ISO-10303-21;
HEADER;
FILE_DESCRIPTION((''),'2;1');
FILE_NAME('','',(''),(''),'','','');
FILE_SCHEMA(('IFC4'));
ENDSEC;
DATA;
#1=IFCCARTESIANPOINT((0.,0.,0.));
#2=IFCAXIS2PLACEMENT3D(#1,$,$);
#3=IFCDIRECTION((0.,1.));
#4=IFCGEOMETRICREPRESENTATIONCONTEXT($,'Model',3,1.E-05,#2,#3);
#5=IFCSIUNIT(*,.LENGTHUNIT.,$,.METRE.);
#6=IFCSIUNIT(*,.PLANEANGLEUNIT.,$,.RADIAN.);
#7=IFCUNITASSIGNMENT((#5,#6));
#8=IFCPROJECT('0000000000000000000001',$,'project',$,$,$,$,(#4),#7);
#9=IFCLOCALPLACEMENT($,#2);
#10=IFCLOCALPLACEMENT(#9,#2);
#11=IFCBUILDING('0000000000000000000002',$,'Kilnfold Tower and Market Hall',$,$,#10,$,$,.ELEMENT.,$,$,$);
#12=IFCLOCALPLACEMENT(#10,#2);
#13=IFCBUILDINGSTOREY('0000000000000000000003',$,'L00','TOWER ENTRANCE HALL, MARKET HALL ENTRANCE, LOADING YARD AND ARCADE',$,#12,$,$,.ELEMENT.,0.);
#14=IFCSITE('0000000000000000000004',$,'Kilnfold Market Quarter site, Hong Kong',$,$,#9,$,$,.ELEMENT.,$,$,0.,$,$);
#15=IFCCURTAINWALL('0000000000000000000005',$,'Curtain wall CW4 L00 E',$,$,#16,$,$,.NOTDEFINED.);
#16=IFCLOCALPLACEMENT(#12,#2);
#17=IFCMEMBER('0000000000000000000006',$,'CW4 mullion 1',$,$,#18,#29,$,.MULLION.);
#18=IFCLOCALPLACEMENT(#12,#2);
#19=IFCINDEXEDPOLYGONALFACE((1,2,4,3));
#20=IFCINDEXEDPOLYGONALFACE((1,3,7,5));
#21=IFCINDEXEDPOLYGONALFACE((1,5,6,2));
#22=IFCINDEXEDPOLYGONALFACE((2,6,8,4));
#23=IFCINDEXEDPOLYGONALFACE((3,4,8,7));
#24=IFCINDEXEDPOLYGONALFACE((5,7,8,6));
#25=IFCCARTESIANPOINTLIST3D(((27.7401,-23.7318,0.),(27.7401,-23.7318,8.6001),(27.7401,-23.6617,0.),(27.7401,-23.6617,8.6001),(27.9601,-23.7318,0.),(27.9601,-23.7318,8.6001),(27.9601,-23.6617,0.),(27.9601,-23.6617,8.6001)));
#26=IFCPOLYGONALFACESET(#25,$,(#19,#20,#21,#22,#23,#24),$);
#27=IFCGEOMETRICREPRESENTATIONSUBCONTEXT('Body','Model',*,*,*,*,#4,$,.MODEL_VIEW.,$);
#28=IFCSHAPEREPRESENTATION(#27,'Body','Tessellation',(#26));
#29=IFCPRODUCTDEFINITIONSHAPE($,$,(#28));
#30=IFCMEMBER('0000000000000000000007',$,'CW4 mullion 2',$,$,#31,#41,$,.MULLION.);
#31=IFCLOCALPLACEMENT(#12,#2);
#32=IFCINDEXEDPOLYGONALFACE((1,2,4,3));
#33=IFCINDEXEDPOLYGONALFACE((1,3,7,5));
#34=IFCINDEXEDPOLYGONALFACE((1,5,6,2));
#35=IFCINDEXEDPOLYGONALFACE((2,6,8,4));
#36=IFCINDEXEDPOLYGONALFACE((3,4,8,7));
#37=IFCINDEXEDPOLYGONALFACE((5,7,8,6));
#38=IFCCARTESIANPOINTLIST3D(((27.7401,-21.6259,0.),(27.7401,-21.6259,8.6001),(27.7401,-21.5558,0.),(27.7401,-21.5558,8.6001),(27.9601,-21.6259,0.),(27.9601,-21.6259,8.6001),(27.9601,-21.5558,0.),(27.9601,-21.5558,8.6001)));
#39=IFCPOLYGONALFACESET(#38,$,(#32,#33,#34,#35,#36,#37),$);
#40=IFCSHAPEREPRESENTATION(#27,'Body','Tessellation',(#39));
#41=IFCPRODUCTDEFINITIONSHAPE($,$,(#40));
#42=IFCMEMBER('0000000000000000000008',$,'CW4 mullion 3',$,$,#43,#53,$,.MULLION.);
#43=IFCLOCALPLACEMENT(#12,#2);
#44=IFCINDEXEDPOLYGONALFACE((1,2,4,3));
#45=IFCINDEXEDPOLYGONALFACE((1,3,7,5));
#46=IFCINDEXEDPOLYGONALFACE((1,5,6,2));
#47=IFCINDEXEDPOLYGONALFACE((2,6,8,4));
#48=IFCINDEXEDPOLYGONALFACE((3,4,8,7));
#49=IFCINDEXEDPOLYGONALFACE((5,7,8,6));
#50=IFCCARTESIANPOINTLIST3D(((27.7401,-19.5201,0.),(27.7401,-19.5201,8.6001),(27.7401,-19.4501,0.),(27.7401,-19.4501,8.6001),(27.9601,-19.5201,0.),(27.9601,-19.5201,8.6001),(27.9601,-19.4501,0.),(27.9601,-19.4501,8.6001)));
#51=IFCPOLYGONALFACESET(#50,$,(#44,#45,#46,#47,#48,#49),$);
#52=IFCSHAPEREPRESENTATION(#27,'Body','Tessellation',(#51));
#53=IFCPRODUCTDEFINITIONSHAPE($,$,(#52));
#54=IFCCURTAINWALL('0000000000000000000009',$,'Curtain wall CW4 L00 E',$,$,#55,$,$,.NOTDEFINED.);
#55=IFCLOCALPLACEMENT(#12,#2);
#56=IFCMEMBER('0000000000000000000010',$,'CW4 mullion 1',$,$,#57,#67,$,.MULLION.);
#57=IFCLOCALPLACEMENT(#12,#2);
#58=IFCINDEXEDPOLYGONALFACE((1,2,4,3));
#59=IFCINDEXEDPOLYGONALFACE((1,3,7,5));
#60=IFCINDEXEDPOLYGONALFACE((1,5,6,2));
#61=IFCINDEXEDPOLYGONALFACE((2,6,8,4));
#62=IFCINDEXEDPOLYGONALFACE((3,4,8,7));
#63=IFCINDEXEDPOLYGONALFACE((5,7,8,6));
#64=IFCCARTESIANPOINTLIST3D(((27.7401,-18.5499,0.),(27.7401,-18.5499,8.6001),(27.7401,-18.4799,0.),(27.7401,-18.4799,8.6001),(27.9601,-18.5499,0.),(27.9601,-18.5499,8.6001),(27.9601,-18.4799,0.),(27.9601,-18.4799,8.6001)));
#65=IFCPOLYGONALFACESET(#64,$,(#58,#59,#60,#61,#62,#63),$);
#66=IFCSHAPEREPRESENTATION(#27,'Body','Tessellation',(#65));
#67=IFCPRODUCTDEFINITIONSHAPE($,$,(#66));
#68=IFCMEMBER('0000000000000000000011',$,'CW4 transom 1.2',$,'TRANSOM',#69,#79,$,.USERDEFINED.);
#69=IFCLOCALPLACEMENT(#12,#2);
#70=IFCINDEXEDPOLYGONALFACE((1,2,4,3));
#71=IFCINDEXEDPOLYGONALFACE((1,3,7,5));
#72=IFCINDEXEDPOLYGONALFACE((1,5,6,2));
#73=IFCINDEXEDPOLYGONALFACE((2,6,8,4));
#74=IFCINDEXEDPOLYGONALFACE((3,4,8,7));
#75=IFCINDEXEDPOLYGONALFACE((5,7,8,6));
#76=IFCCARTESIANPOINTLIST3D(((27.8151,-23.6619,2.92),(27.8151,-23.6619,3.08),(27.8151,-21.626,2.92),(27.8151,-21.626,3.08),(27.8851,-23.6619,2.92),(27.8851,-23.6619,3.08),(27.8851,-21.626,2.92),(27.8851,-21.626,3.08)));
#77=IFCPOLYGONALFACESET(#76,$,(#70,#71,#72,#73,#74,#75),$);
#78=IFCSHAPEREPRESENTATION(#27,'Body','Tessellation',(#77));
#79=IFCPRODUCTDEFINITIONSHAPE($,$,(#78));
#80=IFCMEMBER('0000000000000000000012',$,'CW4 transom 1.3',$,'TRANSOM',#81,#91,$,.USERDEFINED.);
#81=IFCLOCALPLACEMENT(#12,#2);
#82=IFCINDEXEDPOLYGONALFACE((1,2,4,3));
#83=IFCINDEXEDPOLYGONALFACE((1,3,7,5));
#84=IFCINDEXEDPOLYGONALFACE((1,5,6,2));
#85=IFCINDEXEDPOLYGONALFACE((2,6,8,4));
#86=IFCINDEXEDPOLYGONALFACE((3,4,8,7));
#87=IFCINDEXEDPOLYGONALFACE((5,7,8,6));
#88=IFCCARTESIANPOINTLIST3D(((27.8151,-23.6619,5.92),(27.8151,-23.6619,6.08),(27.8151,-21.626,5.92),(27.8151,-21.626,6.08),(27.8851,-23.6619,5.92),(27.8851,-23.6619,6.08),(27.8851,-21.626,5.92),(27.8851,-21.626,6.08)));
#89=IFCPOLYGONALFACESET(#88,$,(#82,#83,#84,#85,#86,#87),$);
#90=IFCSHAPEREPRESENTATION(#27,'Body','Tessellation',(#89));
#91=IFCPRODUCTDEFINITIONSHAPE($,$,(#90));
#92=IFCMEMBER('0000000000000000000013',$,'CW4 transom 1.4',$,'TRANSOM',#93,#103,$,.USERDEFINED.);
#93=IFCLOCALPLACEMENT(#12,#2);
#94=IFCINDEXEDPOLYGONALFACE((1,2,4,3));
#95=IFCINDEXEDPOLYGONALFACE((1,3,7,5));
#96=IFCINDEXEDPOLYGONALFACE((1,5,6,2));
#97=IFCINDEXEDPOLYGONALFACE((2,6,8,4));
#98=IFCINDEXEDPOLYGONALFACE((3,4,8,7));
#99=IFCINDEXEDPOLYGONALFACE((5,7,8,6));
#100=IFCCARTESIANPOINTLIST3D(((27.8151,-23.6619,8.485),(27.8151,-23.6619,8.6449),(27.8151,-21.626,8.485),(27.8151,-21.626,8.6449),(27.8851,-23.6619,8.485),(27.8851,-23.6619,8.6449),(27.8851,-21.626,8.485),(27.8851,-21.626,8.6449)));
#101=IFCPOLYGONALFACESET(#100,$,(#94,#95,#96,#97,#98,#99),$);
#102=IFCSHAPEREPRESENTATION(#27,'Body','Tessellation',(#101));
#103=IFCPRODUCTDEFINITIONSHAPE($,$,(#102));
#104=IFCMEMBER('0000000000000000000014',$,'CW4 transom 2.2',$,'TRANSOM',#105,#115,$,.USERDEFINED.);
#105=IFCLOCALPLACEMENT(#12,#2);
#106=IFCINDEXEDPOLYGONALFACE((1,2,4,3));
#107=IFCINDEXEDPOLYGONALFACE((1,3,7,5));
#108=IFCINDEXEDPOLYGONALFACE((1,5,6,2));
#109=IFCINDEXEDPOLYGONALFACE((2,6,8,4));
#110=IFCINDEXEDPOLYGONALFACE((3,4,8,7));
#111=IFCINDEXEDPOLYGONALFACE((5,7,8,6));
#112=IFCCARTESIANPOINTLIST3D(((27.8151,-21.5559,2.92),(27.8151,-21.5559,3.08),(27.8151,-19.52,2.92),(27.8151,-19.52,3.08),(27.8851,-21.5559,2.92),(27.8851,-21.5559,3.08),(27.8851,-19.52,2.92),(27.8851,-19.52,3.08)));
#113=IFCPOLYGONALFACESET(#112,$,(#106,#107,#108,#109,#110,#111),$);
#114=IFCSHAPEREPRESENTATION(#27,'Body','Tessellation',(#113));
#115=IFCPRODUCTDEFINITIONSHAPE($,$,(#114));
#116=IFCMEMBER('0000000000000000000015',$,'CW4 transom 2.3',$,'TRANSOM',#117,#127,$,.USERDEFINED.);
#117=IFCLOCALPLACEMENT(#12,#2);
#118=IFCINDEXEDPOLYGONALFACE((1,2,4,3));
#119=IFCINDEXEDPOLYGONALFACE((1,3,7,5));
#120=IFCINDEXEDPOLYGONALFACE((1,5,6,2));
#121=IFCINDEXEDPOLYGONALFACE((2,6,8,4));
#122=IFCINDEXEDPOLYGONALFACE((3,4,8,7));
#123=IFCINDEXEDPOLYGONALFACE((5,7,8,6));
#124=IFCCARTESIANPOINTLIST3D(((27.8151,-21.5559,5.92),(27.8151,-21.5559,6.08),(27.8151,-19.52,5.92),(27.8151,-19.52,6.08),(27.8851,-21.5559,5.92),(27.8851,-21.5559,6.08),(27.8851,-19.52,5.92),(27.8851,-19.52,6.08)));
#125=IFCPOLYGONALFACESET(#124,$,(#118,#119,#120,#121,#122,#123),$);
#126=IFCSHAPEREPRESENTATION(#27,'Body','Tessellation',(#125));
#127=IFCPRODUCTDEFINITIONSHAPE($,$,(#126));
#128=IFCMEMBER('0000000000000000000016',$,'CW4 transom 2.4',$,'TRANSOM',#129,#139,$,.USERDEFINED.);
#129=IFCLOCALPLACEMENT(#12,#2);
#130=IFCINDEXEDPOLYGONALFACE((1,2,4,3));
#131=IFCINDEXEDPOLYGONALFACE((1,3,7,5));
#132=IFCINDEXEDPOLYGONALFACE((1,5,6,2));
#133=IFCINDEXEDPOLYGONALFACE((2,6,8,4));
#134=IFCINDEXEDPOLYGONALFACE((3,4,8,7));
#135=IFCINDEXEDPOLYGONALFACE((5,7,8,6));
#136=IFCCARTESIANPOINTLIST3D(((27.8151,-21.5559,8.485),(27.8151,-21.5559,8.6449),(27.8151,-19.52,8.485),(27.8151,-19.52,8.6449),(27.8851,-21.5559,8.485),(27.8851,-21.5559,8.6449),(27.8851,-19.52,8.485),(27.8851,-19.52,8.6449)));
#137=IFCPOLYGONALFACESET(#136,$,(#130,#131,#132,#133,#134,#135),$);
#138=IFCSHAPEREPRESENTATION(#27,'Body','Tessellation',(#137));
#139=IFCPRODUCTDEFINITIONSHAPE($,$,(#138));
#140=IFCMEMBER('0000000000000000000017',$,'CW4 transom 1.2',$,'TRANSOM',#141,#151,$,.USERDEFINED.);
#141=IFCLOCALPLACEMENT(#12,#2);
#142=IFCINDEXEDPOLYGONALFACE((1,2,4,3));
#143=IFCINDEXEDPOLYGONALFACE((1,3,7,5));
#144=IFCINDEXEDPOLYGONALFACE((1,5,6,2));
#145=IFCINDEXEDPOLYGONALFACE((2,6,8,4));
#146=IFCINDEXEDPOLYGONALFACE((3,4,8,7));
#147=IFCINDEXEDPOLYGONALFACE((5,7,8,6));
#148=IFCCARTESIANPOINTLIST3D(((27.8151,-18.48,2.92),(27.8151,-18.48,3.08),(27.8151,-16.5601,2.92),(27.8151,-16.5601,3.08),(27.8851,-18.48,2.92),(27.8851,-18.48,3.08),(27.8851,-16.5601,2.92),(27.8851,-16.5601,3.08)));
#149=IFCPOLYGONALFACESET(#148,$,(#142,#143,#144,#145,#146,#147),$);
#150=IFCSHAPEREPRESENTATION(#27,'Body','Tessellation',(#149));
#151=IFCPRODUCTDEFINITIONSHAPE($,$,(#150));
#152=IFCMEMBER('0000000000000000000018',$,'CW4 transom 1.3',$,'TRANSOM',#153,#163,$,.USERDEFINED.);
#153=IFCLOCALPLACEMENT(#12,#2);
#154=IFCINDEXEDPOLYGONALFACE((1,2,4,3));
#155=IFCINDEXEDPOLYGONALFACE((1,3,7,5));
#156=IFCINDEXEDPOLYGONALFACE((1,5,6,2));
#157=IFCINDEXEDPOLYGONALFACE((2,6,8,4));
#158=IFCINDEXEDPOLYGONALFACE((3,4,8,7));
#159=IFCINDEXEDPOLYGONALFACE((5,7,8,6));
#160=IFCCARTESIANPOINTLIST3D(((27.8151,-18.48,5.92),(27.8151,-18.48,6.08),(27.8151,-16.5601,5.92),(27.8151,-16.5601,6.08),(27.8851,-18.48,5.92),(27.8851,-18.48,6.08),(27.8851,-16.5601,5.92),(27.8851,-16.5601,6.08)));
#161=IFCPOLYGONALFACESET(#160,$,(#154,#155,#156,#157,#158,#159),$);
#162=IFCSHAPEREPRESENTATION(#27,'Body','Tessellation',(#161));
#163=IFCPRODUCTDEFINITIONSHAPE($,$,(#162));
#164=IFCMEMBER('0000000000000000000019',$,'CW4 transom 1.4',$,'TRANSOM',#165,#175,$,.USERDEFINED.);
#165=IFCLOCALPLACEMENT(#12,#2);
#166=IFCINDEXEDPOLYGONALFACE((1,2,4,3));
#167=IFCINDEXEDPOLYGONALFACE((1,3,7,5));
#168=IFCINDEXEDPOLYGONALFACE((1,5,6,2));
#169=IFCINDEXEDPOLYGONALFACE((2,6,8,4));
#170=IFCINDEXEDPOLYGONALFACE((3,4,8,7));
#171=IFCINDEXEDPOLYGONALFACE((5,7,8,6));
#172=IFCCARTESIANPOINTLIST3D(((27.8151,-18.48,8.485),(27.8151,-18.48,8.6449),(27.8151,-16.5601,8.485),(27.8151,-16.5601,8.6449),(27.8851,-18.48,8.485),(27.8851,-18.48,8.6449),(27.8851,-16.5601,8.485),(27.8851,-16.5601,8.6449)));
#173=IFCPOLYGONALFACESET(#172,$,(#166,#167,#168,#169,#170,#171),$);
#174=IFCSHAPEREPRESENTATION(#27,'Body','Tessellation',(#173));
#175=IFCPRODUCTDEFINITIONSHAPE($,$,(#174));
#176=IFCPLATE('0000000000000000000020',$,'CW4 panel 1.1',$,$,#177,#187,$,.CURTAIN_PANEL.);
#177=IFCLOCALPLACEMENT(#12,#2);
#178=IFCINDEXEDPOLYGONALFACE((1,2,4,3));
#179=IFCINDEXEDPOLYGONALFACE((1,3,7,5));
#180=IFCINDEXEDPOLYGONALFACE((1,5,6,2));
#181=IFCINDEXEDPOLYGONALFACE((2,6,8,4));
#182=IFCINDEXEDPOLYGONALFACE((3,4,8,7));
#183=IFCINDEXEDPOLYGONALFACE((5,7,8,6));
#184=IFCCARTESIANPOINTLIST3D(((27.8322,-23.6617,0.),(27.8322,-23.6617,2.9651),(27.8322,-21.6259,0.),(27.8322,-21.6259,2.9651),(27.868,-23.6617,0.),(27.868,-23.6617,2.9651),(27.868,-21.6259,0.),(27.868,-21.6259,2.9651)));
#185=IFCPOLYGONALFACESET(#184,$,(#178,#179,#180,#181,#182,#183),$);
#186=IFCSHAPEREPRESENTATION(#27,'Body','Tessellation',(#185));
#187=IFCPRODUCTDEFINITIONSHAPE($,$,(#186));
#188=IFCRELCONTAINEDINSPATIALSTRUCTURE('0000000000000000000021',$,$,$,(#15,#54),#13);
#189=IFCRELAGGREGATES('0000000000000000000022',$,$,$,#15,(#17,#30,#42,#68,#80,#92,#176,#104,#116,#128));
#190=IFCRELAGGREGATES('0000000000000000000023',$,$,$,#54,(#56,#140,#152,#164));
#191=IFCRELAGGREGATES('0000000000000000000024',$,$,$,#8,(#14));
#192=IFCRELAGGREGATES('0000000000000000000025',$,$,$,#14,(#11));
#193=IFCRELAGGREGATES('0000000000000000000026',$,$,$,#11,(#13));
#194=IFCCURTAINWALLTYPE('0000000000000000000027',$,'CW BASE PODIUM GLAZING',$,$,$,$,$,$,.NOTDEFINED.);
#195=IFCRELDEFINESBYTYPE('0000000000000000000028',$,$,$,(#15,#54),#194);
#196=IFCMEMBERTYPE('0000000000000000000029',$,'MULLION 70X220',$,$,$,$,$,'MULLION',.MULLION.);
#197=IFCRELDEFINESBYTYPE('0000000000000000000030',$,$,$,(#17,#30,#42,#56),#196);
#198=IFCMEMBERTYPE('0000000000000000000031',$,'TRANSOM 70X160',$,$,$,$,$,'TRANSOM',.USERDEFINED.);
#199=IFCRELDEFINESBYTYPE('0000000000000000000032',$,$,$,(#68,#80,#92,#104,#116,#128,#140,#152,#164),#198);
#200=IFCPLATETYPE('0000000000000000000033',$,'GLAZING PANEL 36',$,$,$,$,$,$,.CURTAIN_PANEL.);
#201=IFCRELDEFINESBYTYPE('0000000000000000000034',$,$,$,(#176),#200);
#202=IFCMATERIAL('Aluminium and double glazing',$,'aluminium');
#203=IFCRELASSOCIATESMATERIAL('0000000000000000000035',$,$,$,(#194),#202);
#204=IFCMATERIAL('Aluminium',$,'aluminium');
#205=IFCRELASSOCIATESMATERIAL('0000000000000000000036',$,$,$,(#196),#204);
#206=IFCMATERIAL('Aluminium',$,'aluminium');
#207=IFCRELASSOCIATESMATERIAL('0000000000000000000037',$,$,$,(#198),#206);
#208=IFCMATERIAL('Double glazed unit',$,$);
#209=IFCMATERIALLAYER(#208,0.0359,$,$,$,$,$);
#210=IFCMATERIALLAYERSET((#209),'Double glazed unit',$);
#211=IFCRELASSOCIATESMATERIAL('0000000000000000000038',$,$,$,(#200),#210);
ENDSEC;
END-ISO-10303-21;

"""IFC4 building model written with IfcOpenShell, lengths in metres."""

from ifc_helpers import new_model, si_unit, direction, frame, origin, origin_2d, place, context, subcontext, project, spatial, rectangle, extrude, source, transform, mapped, material, layer, layer_set, material_profile, profile_set, type_object, element, aggregate, save


model = new_model("IFC4")

# Units and contexts
model_context = context("Model", 3, precision=1e-05, world=origin(), true_north=direction((0.0, 1.0)))
body_context = subcontext(model_context, "Body", "Model", "MODEL_VIEW")
ifc_project = project(units=[si_unit("LENGTHUNIT", "METRE"), si_unit("PLANEANGLEUNIT", "RADIAN")], contexts=[model_context])

# Site, building, storey
site_placement = place(None, origin())
site = spatial("IfcSite", under=ifc_project, at=site_placement, Name="Kilnfold Market Quarter site, Hong Kong", CompositionType="ELEMENT", RefElevation=0.0)
building_placement = place(site_placement, origin())
building = spatial("IfcBuilding", under=site, at=building_placement, Name="Kilnfold Tower and Market Hall", CompositionType="ELEMENT")
storey_placement = place(building_placement, origin())
storey = spatial("IfcBuildingStorey", under=building, at=storey_placement, Name="L00", Description="TOWER ENTRANCE HALL, MARKET HALL ENTRANCE, LOADING YARD AND ARCADE", CompositionType="ELEMENT", Elevation=0.0)

# Curtain wall, members
ifc_material_1 = material(Name="Aluminium and double glazing", Category="aluminium")
curtain_wall_type = type_object("IfcCurtainWallType", Name="CW BASE PODIUM GLAZING", PredefinedType="NOTDEFINED", material=ifc_material_1)
curtain_wall_1_placement = place(storey_placement, origin())
curtain_wall_1 = element("IfcCurtainWall", 1, at=curtain_wall_1_placement, inside=storey, type_object=curtain_wall_type, Name="Curtain wall CW4 L00 E", PredefinedType="NOTDEFINED")
ifc_material_2 = material(Name="Aluminium", Category="aluminium")
ifc_material_profile_1 = material_profile(ifc_material_2, rectangle(XDim=0.0701, YDim=0.22, at=origin_2d()), Name="MULLION 70x220")
ifc_profile_set_1 = profile_set([ifc_material_profile_1], Name="Aluminium")
member_type_1 = type_object("IfcMemberType", Name="MULLION 70X220", ElementType="MULLION", PredefinedType="MULLION", material=ifc_profile_set_1)
shared_shape_1 = source(origin(), body_context, "Body", "SweptSolid", [
    extrude(rectangle(XDim=0.0701, YDim=0.22, at=origin_2d()), origin(), (0.0, 0.0, 1.0), 8.6001),
])
member_1_placement = place(storey_placement, frame((27.8501, -23.6968, 0.0), z_axis=(0.0, 0.0, 1.0), x_axis=(0.0, 1.0, 0.0)))
member_1 = element("IfcMember", 2, at=member_1_placement, type_object=member_type_1, Name="CW4 mullion 1", PredefinedType="MULLION", context=body_context, shape_type="MappedRepresentation", body=[
    mapped(shared_shape_1, transform((0.0, 0.0, 0.0))),
])
member_2_placement = place(storey_placement, frame((27.8501, -21.5908, 0.0), z_axis=(0.0, 0.0, 1.0), x_axis=(0.0, 1.0, 0.0)))
member_2 = element("IfcMember", 3, at=member_2_placement, type_object=member_type_1, Name="CW4 mullion 2", PredefinedType="MULLION", context=body_context, shape_type="MappedRepresentation", body=[
    mapped(shared_shape_1, transform((0.0, 0.0, 0.0))),
])
member_3_placement = place(storey_placement, frame((27.8501, -19.4851, 0.0), z_axis=(0.0, 0.0, 1.0), x_axis=(0.0, 1.0, 0.0)))
member_3 = element("IfcMember", 4, at=member_3_placement, type_object=member_type_1, Name="CW4 mullion 3", PredefinedType="MULLION", context=body_context, shape_type="MappedRepresentation", body=[
    mapped(shared_shape_1, transform((0.0, 0.0, 0.0))),
])

# Curtain wall, member
curtain_wall_2_placement = place(storey_placement, origin())
curtain_wall_2 = element("IfcCurtainWall", 5, at=curtain_wall_2_placement, inside=storey, type_object=curtain_wall_type, Name="Curtain wall CW4 L00 E", PredefinedType="NOTDEFINED")
member_4_placement = place(storey_placement, frame((27.8501, -18.5149, 0.0), z_axis=(0.0, 0.0, 1.0), x_axis=(0.0, 1.0, 0.0)))
member_4 = element("IfcMember", 6, at=member_4_placement, type_object=member_type_1, Name="CW4 mullion 1", PredefinedType="MULLION", context=body_context, shape_type="MappedRepresentation", body=[
    mapped(shared_shape_1, transform((0.0, 0.0, 0.0))),
])

# Members
ifc_material_3 = material(Name="Aluminium", Category="aluminium")
ifc_material_profile_2 = material_profile(ifc_material_3, rectangle(XDim=0.0701, YDim=0.1599, at=origin_2d()), Name="TRANSOM 70x160")
ifc_profile_set_2 = profile_set([ifc_material_profile_2], Name="Aluminium")
member_type_2 = type_object("IfcMemberType", Name="TRANSOM 70X160", ElementType="TRANSOM", PredefinedType="USERDEFINED", material=ifc_profile_set_2)
shared_shape_2 = source(origin(), body_context, "Body", "SweptSolid", [
    extrude(rectangle(XDim=0.0701, YDim=0.1599, at=origin_2d()), origin(), (0.0, 0.0, 1.0), 2.0359),
])
member_5_placement = place(storey_placement, frame((27.8501, -23.6619, 3.0), z_axis=(0.0, 1.0, 0.0), x_axis=(-1.0, 0.0, 0.0)))
member_5 = element("IfcMember", 7, at=member_5_placement, type_object=member_type_2, Name="CW4 transom 1.2", ObjectType="TRANSOM", PredefinedType="USERDEFINED", context=body_context, shape_type="MappedRepresentation", body=[
    mapped(shared_shape_2, transform((0.0, 0.0, 0.0))),
])
member_6_placement = place(storey_placement, frame((27.8501, -23.6619, 6.0), z_axis=(0.0, 1.0, 0.0), x_axis=(-1.0, 0.0, 0.0)))
member_6 = element("IfcMember", 8, at=member_6_placement, type_object=member_type_2, Name="CW4 transom 1.3", ObjectType="TRANSOM", PredefinedType="USERDEFINED", context=body_context, shape_type="MappedRepresentation", body=[
    mapped(shared_shape_2, transform((0.0, 0.0, 0.0))),
])
member_7_placement = place(storey_placement, frame((27.8501, -23.6619, 8.5649), z_axis=(0.0, 1.0, 0.0), x_axis=(-1.0, 0.0, 0.0)))
member_7 = element("IfcMember", 9, at=member_7_placement, type_object=member_type_2, Name="CW4 transom 1.4", ObjectType="TRANSOM", PredefinedType="USERDEFINED", context=body_context, shape_type="MappedRepresentation", body=[
    mapped(shared_shape_2, transform((0.0, 0.0, 0.0))),
])
member_8_placement = place(storey_placement, frame((27.8501, -21.5559, 3.0), z_axis=(0.0, 1.0, 0.0), x_axis=(-1.0, 0.0, 0.0)))
member_8 = element("IfcMember", 10, at=member_8_placement, type_object=member_type_2, Name="CW4 transom 2.2", ObjectType="TRANSOM", PredefinedType="USERDEFINED", context=body_context, shape_type="MappedRepresentation", body=[
    mapped(shared_shape_2, transform((0.0, 0.0, 0.0))),
])
member_9_placement = place(storey_placement, frame((27.8501, -21.5559, 6.0), z_axis=(0.0, 1.0, 0.0), x_axis=(-1.0, 0.0, 0.0)))
member_9 = element("IfcMember", 11, at=member_9_placement, type_object=member_type_2, Name="CW4 transom 2.3", ObjectType="TRANSOM", PredefinedType="USERDEFINED", context=body_context, shape_type="MappedRepresentation", body=[
    mapped(shared_shape_2, transform((0.0, 0.0, 0.0))),
])
member_10_placement = place(storey_placement, frame((27.8501, -21.5559, 8.5649), z_axis=(0.0, 1.0, 0.0), x_axis=(-1.0, 0.0, 0.0)))
member_10 = element("IfcMember", 12, at=member_10_placement, type_object=member_type_2, Name="CW4 transom 2.4", ObjectType="TRANSOM", PredefinedType="USERDEFINED", context=body_context, shape_type="MappedRepresentation", body=[
    mapped(shared_shape_2, transform((0.0, 0.0, 0.0))),
])
shared_shape_3 = source(origin(), body_context, "Body", "SweptSolid", [
    extrude(rectangle(XDim=0.0701, YDim=0.1599, at=origin_2d()), origin(), (0.0, 0.0, 1.0), 1.9199),
])
member_11_placement = place(storey_placement, frame((27.8501, -18.48, 3.0), z_axis=(0.0, 1.0, 0.0), x_axis=(-1.0, 0.0, 0.0)))
member_11 = element("IfcMember", 13, at=member_11_placement, type_object=member_type_2, Name="CW4 transom 1.2", ObjectType="TRANSOM", PredefinedType="USERDEFINED", context=body_context, shape_type="MappedRepresentation", body=[
    mapped(shared_shape_3, transform((0.0, 0.0, 0.0))),
])
member_12_placement = place(storey_placement, frame((27.8501, -18.48, 6.0), z_axis=(0.0, 1.0, 0.0), x_axis=(-1.0, 0.0, 0.0)))
member_12 = element("IfcMember", 14, at=member_12_placement, type_object=member_type_2, Name="CW4 transom 1.3", ObjectType="TRANSOM", PredefinedType="USERDEFINED", context=body_context, shape_type="MappedRepresentation", body=[
    mapped(shared_shape_3, transform((0.0, 0.0, 0.0))),
])
member_13_placement = place(storey_placement, frame((27.8501, -18.48, 8.5649), z_axis=(0.0, 1.0, 0.0), x_axis=(-1.0, 0.0, 0.0)))
member_13 = element("IfcMember", 15, at=member_13_placement, type_object=member_type_2, Name="CW4 transom 1.4", ObjectType="TRANSOM", PredefinedType="USERDEFINED", context=body_context, shape_type="MappedRepresentation", body=[
    mapped(shared_shape_3, transform((0.0, 0.0, 0.0))),
])

# Plate
ifc_material_4 = material(Name="Double glazed unit")
ifc_layer = layer(ifc_material_4, 0.0359)
ifc_layer_set = layer_set([ifc_layer], Name="Double glazed unit")
plate_type = type_object("IfcPlateType", Name="GLAZING PANEL 36", PredefinedType="CURTAIN_PANEL", material=ifc_layer_set)
shared_shape_4 = source(origin(), body_context, "Body", "SweptSolid", [
    extrude(rectangle(XDim=2.0359, YDim=0.0359, at=origin_2d()), origin(), (0.0, 0.0, 1.0), 2.9651),
])
plate_1_placement = place(storey_placement, frame((27.8501, -22.6438, 0.0), z_axis=(0.0, 0.0, 1.0), x_axis=(0.0, 1.0, 0.0)))
plate_1 = element("IfcPlate", 16, at=plate_1_placement, type_object=plate_type, Name="CW4 panel 1.1", PredefinedType="CURTAIN_PANEL", context=body_context, shape_type="MappedRepresentation", body=[
    mapped(shared_shape_4, transform((0.0, 0.0, 0.0))),
])
aggregate(curtain_wall_1, [member_1, member_2, member_3, member_5, member_6, member_7, plate_1, member_8, member_9, member_10])
aggregate(curtain_wall_2, [member_4, member_11, member_12, member_13])

save(model, "model.ifc")
